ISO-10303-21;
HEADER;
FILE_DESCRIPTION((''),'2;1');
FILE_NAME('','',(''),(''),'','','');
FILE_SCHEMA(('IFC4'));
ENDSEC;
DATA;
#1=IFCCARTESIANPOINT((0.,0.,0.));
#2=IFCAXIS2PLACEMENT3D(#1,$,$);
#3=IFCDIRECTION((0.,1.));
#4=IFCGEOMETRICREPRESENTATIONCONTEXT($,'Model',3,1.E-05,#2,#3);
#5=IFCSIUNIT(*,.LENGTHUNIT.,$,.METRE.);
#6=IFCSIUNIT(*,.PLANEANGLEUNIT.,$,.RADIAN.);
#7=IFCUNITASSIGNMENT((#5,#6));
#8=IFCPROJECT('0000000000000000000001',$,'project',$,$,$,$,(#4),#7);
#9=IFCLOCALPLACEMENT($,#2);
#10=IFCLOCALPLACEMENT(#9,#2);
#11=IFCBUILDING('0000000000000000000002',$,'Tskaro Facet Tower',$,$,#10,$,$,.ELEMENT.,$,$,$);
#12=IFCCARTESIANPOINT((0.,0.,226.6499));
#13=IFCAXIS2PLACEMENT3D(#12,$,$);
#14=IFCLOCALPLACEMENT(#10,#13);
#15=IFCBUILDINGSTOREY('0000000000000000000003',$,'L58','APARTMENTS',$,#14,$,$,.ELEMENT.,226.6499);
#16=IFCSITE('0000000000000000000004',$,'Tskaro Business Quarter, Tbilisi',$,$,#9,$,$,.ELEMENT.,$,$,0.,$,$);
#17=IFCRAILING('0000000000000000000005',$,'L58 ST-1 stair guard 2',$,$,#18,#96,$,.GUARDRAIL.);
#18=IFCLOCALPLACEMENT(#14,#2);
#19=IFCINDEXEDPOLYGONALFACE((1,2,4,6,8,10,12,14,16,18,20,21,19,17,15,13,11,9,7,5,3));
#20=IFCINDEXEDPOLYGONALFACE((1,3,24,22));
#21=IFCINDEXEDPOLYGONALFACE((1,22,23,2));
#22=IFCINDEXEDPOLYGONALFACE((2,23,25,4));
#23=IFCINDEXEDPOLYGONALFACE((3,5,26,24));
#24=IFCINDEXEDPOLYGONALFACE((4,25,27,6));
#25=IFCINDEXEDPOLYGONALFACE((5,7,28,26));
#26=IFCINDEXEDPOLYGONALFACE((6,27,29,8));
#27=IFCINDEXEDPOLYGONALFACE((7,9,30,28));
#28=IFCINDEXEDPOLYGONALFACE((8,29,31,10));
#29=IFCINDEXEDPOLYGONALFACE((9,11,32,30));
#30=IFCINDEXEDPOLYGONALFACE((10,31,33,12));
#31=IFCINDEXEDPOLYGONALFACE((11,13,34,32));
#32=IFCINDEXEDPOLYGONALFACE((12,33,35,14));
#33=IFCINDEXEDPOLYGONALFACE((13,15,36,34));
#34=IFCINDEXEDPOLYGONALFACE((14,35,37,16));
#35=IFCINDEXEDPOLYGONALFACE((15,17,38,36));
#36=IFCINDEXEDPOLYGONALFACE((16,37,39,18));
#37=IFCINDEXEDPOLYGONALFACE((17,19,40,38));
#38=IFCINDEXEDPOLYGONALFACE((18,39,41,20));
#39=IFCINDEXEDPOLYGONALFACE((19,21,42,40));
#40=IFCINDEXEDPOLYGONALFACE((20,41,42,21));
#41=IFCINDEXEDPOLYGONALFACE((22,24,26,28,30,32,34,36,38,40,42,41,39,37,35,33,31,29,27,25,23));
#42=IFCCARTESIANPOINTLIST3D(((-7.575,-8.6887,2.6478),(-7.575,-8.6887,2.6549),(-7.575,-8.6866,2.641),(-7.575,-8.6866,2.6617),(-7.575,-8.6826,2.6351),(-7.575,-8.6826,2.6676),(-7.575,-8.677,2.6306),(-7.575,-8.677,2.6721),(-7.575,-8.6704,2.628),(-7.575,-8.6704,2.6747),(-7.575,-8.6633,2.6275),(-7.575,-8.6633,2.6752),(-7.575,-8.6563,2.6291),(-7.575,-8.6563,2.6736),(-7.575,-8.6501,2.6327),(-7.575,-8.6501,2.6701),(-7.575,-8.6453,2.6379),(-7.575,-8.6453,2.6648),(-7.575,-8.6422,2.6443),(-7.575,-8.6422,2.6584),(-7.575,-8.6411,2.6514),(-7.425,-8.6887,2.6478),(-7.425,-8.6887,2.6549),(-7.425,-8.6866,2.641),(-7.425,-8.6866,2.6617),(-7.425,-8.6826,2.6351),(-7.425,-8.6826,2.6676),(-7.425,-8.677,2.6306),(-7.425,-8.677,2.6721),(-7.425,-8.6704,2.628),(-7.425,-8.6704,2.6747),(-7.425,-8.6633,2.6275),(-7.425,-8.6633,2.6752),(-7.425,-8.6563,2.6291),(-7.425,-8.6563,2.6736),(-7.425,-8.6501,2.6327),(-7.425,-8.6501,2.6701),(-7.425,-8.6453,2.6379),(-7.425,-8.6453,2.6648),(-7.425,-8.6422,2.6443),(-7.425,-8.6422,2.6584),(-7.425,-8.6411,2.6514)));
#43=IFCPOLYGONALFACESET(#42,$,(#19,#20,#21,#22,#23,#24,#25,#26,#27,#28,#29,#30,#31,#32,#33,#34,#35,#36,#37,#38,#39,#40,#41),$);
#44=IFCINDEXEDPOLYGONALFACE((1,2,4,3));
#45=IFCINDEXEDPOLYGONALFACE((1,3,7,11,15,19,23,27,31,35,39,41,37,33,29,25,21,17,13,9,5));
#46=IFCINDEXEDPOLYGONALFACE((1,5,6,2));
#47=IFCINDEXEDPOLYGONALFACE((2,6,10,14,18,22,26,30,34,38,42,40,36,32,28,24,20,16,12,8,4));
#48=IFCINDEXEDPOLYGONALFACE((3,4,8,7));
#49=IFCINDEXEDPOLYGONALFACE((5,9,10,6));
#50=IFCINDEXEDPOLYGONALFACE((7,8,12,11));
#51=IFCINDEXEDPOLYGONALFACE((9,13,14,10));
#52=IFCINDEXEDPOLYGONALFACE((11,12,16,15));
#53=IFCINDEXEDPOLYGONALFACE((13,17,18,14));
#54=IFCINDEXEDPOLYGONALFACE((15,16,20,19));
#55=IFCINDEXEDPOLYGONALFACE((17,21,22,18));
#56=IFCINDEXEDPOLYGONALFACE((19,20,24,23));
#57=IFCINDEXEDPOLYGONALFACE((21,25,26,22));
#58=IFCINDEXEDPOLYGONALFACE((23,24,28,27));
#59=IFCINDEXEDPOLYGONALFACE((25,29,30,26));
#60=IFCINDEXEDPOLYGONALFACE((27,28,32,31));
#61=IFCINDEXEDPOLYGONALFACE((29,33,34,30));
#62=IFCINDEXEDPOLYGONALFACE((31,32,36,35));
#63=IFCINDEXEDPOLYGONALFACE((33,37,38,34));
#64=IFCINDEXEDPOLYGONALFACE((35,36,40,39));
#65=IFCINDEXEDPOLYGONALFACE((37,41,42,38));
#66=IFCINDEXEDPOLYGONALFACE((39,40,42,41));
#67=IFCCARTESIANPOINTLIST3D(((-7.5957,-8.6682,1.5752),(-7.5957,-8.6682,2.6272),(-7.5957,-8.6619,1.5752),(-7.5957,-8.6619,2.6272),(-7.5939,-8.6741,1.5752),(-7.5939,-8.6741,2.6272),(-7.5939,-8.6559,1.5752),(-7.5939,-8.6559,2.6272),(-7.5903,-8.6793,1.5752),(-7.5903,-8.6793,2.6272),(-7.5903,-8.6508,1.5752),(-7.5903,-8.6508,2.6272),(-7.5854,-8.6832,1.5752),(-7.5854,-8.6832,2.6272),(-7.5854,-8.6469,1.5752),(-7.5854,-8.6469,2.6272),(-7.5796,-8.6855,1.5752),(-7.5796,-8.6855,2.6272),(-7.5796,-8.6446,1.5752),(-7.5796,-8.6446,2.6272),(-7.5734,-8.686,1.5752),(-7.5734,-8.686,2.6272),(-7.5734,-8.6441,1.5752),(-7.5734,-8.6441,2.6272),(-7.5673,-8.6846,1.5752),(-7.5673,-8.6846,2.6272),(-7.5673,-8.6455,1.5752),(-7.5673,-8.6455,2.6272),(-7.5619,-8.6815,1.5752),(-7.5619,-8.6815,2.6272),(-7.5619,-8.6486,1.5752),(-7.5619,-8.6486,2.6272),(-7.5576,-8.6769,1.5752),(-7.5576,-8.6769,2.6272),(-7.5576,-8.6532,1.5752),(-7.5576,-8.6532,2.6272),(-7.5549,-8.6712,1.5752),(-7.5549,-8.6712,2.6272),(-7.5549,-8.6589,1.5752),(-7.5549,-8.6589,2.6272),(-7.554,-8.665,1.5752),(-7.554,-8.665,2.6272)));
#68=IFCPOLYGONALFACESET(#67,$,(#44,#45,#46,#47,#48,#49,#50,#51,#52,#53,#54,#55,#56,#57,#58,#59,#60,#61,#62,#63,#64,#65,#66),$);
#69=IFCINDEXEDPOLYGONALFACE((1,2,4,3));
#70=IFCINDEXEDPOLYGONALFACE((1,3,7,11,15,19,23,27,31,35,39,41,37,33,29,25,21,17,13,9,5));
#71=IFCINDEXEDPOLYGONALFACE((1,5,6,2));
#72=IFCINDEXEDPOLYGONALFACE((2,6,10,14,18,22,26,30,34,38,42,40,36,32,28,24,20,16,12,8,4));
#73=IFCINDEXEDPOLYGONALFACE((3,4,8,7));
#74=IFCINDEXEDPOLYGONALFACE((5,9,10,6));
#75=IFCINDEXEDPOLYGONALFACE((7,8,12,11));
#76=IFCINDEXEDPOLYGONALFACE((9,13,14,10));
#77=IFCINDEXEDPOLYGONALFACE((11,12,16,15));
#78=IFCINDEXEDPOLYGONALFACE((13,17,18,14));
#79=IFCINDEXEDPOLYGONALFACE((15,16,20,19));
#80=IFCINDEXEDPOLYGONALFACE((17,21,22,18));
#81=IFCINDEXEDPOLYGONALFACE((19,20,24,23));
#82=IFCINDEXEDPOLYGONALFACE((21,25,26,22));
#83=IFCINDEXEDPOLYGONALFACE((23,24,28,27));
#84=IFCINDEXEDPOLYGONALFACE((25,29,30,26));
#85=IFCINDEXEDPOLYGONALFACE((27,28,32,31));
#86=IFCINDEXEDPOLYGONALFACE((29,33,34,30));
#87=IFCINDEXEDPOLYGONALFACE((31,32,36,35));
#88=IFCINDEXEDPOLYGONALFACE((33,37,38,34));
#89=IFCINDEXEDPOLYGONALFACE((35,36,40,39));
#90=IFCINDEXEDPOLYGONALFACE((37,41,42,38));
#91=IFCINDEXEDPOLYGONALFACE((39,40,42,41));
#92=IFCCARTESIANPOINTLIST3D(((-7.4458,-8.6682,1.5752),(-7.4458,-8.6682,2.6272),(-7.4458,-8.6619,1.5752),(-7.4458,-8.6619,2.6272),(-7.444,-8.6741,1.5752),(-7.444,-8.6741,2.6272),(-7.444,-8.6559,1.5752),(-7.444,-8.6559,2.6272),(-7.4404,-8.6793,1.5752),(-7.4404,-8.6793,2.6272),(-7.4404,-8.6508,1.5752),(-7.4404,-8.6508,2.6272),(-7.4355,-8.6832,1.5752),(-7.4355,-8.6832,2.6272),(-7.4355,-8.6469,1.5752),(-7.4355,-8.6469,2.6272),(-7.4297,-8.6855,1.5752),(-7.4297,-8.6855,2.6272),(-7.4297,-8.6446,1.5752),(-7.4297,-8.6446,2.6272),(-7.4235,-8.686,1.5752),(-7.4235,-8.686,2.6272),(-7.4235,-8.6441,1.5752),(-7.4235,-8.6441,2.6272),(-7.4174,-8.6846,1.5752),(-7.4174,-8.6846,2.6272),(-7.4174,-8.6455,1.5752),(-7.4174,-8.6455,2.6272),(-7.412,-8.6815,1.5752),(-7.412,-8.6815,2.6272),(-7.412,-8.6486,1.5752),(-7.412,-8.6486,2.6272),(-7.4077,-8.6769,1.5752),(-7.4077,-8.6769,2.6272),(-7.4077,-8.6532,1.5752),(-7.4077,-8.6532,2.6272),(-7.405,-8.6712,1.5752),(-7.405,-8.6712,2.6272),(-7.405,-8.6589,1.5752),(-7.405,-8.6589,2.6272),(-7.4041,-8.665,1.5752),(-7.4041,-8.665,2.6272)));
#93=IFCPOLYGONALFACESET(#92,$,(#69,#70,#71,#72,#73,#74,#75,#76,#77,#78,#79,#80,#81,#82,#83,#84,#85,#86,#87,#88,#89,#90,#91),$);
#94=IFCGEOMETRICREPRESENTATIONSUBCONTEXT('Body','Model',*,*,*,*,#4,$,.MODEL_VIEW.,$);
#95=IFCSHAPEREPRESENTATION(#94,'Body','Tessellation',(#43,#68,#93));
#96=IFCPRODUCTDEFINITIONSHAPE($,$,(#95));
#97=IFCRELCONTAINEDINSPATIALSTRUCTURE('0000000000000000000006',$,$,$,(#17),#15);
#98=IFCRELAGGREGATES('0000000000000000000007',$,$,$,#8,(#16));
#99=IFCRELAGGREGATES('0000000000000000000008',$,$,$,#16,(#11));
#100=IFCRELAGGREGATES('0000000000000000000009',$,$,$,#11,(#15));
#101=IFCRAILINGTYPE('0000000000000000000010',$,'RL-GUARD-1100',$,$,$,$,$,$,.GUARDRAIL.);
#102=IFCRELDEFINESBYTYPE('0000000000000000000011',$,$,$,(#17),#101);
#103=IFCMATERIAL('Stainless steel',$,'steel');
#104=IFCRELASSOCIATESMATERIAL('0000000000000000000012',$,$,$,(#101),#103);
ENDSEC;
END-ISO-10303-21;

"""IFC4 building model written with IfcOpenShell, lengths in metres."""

from ifc_helpers import new_model, si_unit, direction, frame, origin, origin_2d, place, context, subcontext, project, spatial, circle, extrude, material, type_object, element, save


model = new_model("IFC4")

# Units and contexts
model_context = context("Model", 3, precision=1e-05, world=origin(), true_north=direction((0.0, 1.0)))
body_context = subcontext(model_context, "Body", "Model", "MODEL_VIEW")
ifc_project = project(units=[si_unit("LENGTHUNIT", "METRE"), si_unit("PLANEANGLEUNIT", "RADIAN")], contexts=[model_context])

# Site, building, storey
site_placement = place(None, origin())
site = spatial("IfcSite", under=ifc_project, at=site_placement, Name="Tskaro Business Quarter, Tbilisi", CompositionType="ELEMENT", RefElevation=0.0)
building_placement = place(site_placement, origin())
building = spatial("IfcBuilding", under=site, at=building_placement, Name="Tskaro Facet Tower", CompositionType="ELEMENT")
storey_placement = place(building_placement, frame((0.0, 0.0, 226.6499)))
storey = spatial("IfcBuildingStorey", under=building, at=storey_placement, Name="L58", Description="APARTMENTS", CompositionType="ELEMENT", Elevation=226.6499)

# Shared definitions
ifc_material_1 = material(Name="Stainless steel", Category="steel")

# Railing
railing_type_1 = type_object("IfcRailingType", Name="RL-GUARD-1100", PredefinedType="GUARDRAIL", material=ifc_material_1)
railing_1_placement = place(storey_placement, frame((-7.575, -8.665, 1.5752)))
element("IfcRailing", 1, at=railing_1_placement, inside=storey, type_object=railing_type_1, Name="L58 ST-1 stair guard 2", PredefinedType="GUARDRAIL", context=body_context, shape_type="SweptSolid", body=[
    extrude(circle(Radius=0.0239, at=origin_2d()), frame((0.0, 0.0, 1.0762), z_axis=(1.0, 0.0, 0.0), x_axis=(0.0, 1.0, 0.0)), (0.0, 0.0, 1.0), 0.1499),
    extrude(circle(Radius=0.021, at=origin_2d()), origin(), (0.0, 0.0, 1.0), 1.052),
    extrude(circle(Radius=0.021, at=origin_2d()), frame((0.1499, 0.0, 0.0)), (0.0, 0.0, 1.0), 1.052),
])

save(model, "model.ifc")
